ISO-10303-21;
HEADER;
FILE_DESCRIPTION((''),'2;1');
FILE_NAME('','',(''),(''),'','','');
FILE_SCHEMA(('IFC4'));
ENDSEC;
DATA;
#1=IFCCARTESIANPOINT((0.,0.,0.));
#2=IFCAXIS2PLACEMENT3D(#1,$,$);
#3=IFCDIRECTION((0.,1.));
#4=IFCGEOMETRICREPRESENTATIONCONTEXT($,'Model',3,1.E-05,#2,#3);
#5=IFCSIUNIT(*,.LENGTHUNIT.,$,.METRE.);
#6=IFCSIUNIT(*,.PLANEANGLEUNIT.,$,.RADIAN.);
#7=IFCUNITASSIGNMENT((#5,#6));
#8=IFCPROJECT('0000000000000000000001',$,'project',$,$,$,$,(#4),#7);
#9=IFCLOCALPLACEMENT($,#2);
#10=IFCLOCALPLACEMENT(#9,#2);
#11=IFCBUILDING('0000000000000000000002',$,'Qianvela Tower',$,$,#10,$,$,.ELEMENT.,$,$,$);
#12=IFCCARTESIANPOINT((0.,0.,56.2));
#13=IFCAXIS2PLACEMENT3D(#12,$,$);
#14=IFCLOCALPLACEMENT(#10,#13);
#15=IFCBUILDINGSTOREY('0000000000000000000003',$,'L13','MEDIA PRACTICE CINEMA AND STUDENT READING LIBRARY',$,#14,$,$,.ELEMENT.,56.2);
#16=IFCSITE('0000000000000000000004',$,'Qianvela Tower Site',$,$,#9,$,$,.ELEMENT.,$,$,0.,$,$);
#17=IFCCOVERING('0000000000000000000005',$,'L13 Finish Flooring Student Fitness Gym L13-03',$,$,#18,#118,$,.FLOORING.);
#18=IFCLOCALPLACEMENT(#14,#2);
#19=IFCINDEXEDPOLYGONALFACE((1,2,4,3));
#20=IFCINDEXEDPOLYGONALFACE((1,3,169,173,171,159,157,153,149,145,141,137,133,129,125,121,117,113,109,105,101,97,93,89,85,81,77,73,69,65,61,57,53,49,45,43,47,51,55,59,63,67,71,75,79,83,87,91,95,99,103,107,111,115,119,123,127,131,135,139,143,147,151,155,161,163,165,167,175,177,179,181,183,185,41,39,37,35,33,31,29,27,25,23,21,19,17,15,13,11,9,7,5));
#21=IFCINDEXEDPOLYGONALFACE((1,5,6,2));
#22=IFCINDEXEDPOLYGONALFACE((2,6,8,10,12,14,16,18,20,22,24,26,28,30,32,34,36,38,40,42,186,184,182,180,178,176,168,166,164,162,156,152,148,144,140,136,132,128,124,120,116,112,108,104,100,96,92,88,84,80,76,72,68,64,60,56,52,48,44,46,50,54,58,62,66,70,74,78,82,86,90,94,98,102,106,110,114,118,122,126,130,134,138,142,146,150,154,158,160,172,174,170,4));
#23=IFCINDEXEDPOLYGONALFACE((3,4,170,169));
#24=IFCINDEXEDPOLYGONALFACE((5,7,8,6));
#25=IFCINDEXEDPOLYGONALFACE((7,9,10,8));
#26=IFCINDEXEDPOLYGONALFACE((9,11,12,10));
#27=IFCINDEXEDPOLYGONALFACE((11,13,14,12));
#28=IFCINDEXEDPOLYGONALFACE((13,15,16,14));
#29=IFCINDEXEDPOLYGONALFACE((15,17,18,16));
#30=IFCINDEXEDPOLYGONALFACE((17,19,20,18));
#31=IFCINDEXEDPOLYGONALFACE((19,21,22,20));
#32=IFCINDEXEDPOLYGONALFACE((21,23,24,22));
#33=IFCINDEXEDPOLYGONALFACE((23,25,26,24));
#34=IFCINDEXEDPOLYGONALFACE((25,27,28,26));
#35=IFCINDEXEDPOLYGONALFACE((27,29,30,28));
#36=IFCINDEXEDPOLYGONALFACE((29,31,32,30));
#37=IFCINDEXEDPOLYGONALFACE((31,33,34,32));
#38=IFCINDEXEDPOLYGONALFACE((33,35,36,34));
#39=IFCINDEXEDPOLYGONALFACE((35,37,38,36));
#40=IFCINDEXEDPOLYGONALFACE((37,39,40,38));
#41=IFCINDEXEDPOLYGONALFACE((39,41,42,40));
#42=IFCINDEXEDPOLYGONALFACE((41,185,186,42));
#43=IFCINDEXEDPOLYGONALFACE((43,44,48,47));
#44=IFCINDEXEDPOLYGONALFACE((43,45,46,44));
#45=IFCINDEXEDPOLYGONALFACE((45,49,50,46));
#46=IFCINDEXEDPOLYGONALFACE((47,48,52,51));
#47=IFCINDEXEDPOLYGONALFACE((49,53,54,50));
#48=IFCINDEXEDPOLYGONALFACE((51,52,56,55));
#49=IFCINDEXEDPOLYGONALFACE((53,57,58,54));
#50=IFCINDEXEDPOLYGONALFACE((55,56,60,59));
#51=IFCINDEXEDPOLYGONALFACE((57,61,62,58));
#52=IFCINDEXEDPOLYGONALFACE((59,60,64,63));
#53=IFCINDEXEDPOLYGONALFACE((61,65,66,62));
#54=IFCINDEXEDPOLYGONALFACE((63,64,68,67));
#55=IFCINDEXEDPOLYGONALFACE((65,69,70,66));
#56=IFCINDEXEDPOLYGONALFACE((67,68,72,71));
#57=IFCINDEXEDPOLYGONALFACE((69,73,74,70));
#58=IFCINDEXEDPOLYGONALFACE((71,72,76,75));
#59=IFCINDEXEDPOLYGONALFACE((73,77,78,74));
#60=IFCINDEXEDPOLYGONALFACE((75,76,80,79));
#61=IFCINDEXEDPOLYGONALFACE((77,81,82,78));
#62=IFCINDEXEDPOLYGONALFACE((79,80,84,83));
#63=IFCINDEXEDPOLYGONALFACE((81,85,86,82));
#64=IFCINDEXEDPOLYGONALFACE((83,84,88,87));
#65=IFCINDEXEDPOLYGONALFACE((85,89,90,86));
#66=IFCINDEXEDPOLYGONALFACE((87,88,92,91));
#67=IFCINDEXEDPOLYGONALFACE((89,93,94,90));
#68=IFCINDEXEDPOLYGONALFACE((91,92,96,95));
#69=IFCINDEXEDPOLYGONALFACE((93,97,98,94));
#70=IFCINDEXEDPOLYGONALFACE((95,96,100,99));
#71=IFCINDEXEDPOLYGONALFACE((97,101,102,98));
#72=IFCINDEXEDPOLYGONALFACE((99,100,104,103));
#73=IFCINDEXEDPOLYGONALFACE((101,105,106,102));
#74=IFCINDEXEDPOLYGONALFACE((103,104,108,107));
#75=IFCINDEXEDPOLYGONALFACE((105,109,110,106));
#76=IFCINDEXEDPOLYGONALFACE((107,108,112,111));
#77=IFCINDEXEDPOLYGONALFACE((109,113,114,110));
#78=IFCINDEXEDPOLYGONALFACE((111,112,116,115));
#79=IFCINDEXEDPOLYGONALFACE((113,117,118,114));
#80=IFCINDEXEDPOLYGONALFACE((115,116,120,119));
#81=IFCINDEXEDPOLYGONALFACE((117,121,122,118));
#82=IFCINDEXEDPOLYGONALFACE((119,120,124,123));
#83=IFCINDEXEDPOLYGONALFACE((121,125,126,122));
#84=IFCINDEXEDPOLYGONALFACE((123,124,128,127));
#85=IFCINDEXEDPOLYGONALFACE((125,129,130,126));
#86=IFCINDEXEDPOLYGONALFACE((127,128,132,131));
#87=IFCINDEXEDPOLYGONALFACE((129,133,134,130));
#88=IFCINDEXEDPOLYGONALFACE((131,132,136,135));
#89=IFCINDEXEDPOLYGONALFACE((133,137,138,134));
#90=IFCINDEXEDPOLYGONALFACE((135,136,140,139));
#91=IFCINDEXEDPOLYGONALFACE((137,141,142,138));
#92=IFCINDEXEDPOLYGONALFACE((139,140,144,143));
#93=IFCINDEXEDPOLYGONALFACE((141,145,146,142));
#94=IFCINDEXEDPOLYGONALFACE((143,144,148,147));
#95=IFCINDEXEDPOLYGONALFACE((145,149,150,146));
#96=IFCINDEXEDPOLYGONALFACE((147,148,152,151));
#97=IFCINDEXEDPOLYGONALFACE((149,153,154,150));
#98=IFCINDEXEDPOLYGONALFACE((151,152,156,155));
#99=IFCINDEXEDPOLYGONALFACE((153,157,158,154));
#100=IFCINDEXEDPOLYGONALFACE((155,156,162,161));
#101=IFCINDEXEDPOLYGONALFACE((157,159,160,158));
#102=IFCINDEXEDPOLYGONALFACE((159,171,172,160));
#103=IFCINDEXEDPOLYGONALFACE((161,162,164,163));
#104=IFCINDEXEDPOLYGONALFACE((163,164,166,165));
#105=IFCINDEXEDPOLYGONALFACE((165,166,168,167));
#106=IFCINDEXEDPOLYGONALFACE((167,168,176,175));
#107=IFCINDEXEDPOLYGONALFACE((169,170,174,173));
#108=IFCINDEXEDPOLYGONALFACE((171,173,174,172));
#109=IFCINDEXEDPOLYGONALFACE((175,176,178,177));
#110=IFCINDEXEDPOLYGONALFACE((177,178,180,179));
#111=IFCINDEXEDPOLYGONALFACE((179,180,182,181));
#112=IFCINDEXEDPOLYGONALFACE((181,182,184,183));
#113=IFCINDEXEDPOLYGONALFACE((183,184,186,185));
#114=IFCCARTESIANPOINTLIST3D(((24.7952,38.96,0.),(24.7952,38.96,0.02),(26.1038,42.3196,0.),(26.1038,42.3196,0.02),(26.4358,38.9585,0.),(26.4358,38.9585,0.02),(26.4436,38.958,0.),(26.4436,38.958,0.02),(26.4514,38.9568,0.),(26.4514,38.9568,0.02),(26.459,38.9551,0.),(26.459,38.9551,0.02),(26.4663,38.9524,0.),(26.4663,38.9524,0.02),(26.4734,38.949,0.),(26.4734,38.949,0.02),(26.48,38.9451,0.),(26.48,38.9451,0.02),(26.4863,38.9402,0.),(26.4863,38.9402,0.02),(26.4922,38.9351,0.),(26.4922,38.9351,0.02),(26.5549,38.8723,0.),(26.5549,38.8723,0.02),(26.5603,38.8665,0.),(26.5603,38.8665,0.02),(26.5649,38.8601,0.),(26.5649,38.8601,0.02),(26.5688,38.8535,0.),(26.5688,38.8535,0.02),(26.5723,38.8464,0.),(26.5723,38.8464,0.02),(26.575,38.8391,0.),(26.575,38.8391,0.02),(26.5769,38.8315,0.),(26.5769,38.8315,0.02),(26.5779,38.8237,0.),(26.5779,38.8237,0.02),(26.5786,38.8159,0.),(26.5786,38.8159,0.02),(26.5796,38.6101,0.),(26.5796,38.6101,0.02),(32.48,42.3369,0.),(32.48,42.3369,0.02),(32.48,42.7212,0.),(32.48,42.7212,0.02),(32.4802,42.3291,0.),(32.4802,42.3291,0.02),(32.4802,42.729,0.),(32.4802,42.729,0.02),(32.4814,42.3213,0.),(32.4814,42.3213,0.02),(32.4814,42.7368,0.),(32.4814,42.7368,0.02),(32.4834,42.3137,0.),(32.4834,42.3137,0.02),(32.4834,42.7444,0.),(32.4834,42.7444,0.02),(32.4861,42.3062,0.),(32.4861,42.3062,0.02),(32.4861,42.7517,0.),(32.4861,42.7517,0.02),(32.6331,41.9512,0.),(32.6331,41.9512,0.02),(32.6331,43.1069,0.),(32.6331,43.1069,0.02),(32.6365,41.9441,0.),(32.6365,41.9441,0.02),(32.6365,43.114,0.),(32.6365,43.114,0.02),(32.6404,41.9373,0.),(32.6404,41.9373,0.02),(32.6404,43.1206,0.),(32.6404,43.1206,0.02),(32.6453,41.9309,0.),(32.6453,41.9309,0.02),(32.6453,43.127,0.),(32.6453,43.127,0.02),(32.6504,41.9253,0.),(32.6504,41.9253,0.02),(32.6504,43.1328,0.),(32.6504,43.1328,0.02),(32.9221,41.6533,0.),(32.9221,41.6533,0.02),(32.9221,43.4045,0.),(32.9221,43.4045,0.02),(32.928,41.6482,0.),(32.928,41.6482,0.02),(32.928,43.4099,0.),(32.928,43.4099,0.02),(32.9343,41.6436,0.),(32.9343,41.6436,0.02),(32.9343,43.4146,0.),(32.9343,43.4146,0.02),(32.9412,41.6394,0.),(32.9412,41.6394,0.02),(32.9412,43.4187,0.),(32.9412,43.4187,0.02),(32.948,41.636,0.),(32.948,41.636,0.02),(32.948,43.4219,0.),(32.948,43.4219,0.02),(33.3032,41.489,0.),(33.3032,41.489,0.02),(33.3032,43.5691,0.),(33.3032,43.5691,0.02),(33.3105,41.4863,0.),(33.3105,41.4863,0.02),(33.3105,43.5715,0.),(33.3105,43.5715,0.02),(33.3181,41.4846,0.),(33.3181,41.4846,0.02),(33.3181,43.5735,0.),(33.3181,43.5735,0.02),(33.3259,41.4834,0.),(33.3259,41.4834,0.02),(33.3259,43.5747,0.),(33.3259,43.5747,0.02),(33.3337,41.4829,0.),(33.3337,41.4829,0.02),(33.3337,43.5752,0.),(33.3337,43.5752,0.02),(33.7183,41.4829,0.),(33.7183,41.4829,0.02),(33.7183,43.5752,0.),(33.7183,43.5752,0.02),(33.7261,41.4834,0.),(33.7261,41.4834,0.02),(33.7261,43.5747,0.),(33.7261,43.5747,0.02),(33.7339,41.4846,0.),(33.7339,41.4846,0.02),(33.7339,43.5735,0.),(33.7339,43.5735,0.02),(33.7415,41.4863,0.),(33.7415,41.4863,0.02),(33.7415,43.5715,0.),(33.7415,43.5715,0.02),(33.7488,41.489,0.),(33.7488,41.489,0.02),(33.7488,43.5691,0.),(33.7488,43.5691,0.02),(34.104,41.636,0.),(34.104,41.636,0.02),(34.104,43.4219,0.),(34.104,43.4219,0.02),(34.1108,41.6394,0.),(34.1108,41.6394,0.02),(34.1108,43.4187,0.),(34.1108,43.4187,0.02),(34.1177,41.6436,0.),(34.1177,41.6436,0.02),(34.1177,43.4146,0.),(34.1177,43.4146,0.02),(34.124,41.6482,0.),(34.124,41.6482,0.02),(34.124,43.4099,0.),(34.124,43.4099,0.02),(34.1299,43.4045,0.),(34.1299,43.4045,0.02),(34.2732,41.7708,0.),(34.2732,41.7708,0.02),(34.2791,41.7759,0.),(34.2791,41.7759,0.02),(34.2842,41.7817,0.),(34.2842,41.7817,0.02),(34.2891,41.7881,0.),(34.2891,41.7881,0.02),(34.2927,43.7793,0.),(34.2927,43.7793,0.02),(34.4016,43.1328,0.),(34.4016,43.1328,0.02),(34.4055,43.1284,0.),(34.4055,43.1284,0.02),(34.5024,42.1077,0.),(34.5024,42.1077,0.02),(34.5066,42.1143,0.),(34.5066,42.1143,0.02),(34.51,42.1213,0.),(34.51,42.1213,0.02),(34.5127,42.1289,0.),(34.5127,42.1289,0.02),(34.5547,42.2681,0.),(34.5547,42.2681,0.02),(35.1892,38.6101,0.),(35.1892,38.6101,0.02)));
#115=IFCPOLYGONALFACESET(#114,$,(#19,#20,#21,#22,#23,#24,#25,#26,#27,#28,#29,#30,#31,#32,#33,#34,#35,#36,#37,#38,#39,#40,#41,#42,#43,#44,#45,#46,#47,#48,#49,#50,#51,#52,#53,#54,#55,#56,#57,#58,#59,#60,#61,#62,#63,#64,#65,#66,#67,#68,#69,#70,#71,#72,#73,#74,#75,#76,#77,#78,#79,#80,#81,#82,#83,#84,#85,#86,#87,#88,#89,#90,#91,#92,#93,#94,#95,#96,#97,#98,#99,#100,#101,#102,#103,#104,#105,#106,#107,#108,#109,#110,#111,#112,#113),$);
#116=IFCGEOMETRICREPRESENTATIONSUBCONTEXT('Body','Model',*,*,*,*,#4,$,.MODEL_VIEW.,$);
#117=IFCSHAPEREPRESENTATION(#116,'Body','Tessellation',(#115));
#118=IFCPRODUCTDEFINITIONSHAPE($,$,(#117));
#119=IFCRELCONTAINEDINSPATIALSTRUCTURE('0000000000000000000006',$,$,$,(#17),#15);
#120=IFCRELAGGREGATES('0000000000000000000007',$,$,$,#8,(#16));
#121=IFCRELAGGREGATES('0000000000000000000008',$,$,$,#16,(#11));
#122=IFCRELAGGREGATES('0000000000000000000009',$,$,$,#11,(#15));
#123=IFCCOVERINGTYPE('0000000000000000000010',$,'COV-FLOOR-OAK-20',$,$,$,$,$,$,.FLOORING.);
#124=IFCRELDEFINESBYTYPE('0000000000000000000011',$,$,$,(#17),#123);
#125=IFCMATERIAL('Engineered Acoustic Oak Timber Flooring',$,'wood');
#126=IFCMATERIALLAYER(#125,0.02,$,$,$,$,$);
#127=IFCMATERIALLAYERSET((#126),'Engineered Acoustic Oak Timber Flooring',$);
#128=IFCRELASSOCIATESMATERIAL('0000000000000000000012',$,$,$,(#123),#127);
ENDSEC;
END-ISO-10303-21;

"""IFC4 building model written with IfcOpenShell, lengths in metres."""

from ifc_helpers import new_model, si_unit, direction, frame, origin, place, context, subcontext, project, spatial, polyline, outline, extrude, material, layer, layer_set, type_object, element, save


model = new_model("IFC4")

# Units and contexts
model_context = context("Model", 3, precision=1e-05, world=origin(), true_north=direction((0.0, 1.0)))
body_context = subcontext(model_context, "Body", "Model", "MODEL_VIEW")
ifc_project = project(units=[si_unit("LENGTHUNIT", "METRE"), si_unit("PLANEANGLEUNIT", "RADIAN")], contexts=[model_context])

# Site, building, storey
site_placement = place(None, origin())
site = spatial("IfcSite", under=ifc_project, at=site_placement, Name="Qianvela Tower Site", CompositionType="ELEMENT", RefElevation=0.0)
building_placement = place(site_placement, origin())
building = spatial("IfcBuilding", under=site, at=building_placement, Name="Qianvela Tower", CompositionType="ELEMENT")
storey_placement = place(building_placement, frame((0.0, 0.0, 56.2)))
storey = spatial("IfcBuildingStorey", under=building, at=storey_placement, Name="L13", Description="MEDIA PRACTICE CINEMA AND STUDENT READING LIBRARY", CompositionType="ELEMENT", Elevation=56.2)

# Covering
ifc_material_1 = material(Name="Engineered Acoustic Oak Timber Flooring", Category="wood")
ifc_layer_1 = layer(ifc_material_1, 0.02)
ifc_layer_set_1 = layer_set([ifc_layer_1], Name="Engineered Acoustic Oak Timber Flooring")
covering_type_1 = type_object("IfcCoveringType", Name="COV-FLOOR-OAK-20", PredefinedType="FLOORING", material=ifc_layer_set_1)
covering_1_placement = place(storey_placement, origin())
element("IfcCovering", 1, at=covering_1_placement, inside=storey, type_object=covering_type_1, Name="L13 Finish Flooring Student Fitness Gym L13-03", PredefinedType="FLOORING", context=body_context, shape_type="SweptSolid", body=[
    extrude(outline(polyline([(24.7952, 38.96), (26.1038, 42.3196), (34.2927, 43.7793), (34.4055, 43.1284), (34.4016, 43.1328), (34.1299, 43.4045), (34.124, 43.4099), (34.1177, 43.4146), (34.1108, 43.4187), (34.104, 43.4219), (33.7488, 43.5691), (33.7415, 43.5715), (33.7339, 43.5735), (33.7261, 43.5747), (33.7183, 43.5752), (33.3337, 43.5752), (33.3259, 43.5747), (33.3181, 43.5735), (33.3105, 43.5715), (33.3032, 43.5691), (32.948, 43.4219), (32.9412, 43.4187), (32.9343, 43.4146), (32.928, 43.4099), (32.9221, 43.4045), (32.6504, 43.1328), (32.6453, 43.127), (32.6404, 43.1206), (32.6365, 43.114), (32.6331, 43.1069), (32.4861, 42.7517), (32.4834, 42.7444), (32.4814, 42.7368), (32.4802, 42.729), (32.48, 42.7212), (32.48, 42.3369), (32.4802, 42.3291), (32.4814, 42.3213), (32.4834, 42.3137), (32.4861, 42.3062), (32.6331, 41.9512), (32.6365, 41.9441), (32.6404, 41.9373), (32.6453, 41.9309), (32.6504, 41.9253), (32.9221, 41.6533), (32.928, 41.6482), (32.9343, 41.6436), (32.9412, 41.6394), (32.948, 41.636), (33.3032, 41.489), (33.3105, 41.4863), (33.3181, 41.4846), (33.3259, 41.4834), (33.3337, 41.4829), (33.7183, 41.4829), (33.7261, 41.4834), (33.7339, 41.4846), (33.7415, 41.4863), (33.7488, 41.489), (34.104, 41.636), (34.1108, 41.6394), (34.1177, 41.6436), (34.124, 41.6482), (34.2732, 41.7708), (34.2791, 41.7759), (34.2842, 41.7817), (34.2891, 41.7881), (34.5024, 42.1077), (34.5066, 42.1143), (34.51, 42.1213), (34.5127, 42.1289), (34.5547, 42.2681), (35.1892, 38.6101), (26.5796, 38.6101), (26.5786, 38.8159), (26.5779, 38.8237), (26.5769, 38.8315), (26.575, 38.8391), (26.5723, 38.8464), (26.5688, 38.8535), (26.5649, 38.8601), (26.5603, 38.8665), (26.5549, 38.8723), (26.4922, 38.9351), (26.4863, 38.9402), (26.48, 38.9451), (26.4734, 38.949), (26.4663, 38.9524), (26.459, 38.9551), (26.4514, 38.9568), (26.4436, 38.958), (26.4358, 38.9585), (24.7952, 38.96)])), origin(), (0.0, 0.0, 1.0), 0.02),
])

save(model, "model.ifc")
